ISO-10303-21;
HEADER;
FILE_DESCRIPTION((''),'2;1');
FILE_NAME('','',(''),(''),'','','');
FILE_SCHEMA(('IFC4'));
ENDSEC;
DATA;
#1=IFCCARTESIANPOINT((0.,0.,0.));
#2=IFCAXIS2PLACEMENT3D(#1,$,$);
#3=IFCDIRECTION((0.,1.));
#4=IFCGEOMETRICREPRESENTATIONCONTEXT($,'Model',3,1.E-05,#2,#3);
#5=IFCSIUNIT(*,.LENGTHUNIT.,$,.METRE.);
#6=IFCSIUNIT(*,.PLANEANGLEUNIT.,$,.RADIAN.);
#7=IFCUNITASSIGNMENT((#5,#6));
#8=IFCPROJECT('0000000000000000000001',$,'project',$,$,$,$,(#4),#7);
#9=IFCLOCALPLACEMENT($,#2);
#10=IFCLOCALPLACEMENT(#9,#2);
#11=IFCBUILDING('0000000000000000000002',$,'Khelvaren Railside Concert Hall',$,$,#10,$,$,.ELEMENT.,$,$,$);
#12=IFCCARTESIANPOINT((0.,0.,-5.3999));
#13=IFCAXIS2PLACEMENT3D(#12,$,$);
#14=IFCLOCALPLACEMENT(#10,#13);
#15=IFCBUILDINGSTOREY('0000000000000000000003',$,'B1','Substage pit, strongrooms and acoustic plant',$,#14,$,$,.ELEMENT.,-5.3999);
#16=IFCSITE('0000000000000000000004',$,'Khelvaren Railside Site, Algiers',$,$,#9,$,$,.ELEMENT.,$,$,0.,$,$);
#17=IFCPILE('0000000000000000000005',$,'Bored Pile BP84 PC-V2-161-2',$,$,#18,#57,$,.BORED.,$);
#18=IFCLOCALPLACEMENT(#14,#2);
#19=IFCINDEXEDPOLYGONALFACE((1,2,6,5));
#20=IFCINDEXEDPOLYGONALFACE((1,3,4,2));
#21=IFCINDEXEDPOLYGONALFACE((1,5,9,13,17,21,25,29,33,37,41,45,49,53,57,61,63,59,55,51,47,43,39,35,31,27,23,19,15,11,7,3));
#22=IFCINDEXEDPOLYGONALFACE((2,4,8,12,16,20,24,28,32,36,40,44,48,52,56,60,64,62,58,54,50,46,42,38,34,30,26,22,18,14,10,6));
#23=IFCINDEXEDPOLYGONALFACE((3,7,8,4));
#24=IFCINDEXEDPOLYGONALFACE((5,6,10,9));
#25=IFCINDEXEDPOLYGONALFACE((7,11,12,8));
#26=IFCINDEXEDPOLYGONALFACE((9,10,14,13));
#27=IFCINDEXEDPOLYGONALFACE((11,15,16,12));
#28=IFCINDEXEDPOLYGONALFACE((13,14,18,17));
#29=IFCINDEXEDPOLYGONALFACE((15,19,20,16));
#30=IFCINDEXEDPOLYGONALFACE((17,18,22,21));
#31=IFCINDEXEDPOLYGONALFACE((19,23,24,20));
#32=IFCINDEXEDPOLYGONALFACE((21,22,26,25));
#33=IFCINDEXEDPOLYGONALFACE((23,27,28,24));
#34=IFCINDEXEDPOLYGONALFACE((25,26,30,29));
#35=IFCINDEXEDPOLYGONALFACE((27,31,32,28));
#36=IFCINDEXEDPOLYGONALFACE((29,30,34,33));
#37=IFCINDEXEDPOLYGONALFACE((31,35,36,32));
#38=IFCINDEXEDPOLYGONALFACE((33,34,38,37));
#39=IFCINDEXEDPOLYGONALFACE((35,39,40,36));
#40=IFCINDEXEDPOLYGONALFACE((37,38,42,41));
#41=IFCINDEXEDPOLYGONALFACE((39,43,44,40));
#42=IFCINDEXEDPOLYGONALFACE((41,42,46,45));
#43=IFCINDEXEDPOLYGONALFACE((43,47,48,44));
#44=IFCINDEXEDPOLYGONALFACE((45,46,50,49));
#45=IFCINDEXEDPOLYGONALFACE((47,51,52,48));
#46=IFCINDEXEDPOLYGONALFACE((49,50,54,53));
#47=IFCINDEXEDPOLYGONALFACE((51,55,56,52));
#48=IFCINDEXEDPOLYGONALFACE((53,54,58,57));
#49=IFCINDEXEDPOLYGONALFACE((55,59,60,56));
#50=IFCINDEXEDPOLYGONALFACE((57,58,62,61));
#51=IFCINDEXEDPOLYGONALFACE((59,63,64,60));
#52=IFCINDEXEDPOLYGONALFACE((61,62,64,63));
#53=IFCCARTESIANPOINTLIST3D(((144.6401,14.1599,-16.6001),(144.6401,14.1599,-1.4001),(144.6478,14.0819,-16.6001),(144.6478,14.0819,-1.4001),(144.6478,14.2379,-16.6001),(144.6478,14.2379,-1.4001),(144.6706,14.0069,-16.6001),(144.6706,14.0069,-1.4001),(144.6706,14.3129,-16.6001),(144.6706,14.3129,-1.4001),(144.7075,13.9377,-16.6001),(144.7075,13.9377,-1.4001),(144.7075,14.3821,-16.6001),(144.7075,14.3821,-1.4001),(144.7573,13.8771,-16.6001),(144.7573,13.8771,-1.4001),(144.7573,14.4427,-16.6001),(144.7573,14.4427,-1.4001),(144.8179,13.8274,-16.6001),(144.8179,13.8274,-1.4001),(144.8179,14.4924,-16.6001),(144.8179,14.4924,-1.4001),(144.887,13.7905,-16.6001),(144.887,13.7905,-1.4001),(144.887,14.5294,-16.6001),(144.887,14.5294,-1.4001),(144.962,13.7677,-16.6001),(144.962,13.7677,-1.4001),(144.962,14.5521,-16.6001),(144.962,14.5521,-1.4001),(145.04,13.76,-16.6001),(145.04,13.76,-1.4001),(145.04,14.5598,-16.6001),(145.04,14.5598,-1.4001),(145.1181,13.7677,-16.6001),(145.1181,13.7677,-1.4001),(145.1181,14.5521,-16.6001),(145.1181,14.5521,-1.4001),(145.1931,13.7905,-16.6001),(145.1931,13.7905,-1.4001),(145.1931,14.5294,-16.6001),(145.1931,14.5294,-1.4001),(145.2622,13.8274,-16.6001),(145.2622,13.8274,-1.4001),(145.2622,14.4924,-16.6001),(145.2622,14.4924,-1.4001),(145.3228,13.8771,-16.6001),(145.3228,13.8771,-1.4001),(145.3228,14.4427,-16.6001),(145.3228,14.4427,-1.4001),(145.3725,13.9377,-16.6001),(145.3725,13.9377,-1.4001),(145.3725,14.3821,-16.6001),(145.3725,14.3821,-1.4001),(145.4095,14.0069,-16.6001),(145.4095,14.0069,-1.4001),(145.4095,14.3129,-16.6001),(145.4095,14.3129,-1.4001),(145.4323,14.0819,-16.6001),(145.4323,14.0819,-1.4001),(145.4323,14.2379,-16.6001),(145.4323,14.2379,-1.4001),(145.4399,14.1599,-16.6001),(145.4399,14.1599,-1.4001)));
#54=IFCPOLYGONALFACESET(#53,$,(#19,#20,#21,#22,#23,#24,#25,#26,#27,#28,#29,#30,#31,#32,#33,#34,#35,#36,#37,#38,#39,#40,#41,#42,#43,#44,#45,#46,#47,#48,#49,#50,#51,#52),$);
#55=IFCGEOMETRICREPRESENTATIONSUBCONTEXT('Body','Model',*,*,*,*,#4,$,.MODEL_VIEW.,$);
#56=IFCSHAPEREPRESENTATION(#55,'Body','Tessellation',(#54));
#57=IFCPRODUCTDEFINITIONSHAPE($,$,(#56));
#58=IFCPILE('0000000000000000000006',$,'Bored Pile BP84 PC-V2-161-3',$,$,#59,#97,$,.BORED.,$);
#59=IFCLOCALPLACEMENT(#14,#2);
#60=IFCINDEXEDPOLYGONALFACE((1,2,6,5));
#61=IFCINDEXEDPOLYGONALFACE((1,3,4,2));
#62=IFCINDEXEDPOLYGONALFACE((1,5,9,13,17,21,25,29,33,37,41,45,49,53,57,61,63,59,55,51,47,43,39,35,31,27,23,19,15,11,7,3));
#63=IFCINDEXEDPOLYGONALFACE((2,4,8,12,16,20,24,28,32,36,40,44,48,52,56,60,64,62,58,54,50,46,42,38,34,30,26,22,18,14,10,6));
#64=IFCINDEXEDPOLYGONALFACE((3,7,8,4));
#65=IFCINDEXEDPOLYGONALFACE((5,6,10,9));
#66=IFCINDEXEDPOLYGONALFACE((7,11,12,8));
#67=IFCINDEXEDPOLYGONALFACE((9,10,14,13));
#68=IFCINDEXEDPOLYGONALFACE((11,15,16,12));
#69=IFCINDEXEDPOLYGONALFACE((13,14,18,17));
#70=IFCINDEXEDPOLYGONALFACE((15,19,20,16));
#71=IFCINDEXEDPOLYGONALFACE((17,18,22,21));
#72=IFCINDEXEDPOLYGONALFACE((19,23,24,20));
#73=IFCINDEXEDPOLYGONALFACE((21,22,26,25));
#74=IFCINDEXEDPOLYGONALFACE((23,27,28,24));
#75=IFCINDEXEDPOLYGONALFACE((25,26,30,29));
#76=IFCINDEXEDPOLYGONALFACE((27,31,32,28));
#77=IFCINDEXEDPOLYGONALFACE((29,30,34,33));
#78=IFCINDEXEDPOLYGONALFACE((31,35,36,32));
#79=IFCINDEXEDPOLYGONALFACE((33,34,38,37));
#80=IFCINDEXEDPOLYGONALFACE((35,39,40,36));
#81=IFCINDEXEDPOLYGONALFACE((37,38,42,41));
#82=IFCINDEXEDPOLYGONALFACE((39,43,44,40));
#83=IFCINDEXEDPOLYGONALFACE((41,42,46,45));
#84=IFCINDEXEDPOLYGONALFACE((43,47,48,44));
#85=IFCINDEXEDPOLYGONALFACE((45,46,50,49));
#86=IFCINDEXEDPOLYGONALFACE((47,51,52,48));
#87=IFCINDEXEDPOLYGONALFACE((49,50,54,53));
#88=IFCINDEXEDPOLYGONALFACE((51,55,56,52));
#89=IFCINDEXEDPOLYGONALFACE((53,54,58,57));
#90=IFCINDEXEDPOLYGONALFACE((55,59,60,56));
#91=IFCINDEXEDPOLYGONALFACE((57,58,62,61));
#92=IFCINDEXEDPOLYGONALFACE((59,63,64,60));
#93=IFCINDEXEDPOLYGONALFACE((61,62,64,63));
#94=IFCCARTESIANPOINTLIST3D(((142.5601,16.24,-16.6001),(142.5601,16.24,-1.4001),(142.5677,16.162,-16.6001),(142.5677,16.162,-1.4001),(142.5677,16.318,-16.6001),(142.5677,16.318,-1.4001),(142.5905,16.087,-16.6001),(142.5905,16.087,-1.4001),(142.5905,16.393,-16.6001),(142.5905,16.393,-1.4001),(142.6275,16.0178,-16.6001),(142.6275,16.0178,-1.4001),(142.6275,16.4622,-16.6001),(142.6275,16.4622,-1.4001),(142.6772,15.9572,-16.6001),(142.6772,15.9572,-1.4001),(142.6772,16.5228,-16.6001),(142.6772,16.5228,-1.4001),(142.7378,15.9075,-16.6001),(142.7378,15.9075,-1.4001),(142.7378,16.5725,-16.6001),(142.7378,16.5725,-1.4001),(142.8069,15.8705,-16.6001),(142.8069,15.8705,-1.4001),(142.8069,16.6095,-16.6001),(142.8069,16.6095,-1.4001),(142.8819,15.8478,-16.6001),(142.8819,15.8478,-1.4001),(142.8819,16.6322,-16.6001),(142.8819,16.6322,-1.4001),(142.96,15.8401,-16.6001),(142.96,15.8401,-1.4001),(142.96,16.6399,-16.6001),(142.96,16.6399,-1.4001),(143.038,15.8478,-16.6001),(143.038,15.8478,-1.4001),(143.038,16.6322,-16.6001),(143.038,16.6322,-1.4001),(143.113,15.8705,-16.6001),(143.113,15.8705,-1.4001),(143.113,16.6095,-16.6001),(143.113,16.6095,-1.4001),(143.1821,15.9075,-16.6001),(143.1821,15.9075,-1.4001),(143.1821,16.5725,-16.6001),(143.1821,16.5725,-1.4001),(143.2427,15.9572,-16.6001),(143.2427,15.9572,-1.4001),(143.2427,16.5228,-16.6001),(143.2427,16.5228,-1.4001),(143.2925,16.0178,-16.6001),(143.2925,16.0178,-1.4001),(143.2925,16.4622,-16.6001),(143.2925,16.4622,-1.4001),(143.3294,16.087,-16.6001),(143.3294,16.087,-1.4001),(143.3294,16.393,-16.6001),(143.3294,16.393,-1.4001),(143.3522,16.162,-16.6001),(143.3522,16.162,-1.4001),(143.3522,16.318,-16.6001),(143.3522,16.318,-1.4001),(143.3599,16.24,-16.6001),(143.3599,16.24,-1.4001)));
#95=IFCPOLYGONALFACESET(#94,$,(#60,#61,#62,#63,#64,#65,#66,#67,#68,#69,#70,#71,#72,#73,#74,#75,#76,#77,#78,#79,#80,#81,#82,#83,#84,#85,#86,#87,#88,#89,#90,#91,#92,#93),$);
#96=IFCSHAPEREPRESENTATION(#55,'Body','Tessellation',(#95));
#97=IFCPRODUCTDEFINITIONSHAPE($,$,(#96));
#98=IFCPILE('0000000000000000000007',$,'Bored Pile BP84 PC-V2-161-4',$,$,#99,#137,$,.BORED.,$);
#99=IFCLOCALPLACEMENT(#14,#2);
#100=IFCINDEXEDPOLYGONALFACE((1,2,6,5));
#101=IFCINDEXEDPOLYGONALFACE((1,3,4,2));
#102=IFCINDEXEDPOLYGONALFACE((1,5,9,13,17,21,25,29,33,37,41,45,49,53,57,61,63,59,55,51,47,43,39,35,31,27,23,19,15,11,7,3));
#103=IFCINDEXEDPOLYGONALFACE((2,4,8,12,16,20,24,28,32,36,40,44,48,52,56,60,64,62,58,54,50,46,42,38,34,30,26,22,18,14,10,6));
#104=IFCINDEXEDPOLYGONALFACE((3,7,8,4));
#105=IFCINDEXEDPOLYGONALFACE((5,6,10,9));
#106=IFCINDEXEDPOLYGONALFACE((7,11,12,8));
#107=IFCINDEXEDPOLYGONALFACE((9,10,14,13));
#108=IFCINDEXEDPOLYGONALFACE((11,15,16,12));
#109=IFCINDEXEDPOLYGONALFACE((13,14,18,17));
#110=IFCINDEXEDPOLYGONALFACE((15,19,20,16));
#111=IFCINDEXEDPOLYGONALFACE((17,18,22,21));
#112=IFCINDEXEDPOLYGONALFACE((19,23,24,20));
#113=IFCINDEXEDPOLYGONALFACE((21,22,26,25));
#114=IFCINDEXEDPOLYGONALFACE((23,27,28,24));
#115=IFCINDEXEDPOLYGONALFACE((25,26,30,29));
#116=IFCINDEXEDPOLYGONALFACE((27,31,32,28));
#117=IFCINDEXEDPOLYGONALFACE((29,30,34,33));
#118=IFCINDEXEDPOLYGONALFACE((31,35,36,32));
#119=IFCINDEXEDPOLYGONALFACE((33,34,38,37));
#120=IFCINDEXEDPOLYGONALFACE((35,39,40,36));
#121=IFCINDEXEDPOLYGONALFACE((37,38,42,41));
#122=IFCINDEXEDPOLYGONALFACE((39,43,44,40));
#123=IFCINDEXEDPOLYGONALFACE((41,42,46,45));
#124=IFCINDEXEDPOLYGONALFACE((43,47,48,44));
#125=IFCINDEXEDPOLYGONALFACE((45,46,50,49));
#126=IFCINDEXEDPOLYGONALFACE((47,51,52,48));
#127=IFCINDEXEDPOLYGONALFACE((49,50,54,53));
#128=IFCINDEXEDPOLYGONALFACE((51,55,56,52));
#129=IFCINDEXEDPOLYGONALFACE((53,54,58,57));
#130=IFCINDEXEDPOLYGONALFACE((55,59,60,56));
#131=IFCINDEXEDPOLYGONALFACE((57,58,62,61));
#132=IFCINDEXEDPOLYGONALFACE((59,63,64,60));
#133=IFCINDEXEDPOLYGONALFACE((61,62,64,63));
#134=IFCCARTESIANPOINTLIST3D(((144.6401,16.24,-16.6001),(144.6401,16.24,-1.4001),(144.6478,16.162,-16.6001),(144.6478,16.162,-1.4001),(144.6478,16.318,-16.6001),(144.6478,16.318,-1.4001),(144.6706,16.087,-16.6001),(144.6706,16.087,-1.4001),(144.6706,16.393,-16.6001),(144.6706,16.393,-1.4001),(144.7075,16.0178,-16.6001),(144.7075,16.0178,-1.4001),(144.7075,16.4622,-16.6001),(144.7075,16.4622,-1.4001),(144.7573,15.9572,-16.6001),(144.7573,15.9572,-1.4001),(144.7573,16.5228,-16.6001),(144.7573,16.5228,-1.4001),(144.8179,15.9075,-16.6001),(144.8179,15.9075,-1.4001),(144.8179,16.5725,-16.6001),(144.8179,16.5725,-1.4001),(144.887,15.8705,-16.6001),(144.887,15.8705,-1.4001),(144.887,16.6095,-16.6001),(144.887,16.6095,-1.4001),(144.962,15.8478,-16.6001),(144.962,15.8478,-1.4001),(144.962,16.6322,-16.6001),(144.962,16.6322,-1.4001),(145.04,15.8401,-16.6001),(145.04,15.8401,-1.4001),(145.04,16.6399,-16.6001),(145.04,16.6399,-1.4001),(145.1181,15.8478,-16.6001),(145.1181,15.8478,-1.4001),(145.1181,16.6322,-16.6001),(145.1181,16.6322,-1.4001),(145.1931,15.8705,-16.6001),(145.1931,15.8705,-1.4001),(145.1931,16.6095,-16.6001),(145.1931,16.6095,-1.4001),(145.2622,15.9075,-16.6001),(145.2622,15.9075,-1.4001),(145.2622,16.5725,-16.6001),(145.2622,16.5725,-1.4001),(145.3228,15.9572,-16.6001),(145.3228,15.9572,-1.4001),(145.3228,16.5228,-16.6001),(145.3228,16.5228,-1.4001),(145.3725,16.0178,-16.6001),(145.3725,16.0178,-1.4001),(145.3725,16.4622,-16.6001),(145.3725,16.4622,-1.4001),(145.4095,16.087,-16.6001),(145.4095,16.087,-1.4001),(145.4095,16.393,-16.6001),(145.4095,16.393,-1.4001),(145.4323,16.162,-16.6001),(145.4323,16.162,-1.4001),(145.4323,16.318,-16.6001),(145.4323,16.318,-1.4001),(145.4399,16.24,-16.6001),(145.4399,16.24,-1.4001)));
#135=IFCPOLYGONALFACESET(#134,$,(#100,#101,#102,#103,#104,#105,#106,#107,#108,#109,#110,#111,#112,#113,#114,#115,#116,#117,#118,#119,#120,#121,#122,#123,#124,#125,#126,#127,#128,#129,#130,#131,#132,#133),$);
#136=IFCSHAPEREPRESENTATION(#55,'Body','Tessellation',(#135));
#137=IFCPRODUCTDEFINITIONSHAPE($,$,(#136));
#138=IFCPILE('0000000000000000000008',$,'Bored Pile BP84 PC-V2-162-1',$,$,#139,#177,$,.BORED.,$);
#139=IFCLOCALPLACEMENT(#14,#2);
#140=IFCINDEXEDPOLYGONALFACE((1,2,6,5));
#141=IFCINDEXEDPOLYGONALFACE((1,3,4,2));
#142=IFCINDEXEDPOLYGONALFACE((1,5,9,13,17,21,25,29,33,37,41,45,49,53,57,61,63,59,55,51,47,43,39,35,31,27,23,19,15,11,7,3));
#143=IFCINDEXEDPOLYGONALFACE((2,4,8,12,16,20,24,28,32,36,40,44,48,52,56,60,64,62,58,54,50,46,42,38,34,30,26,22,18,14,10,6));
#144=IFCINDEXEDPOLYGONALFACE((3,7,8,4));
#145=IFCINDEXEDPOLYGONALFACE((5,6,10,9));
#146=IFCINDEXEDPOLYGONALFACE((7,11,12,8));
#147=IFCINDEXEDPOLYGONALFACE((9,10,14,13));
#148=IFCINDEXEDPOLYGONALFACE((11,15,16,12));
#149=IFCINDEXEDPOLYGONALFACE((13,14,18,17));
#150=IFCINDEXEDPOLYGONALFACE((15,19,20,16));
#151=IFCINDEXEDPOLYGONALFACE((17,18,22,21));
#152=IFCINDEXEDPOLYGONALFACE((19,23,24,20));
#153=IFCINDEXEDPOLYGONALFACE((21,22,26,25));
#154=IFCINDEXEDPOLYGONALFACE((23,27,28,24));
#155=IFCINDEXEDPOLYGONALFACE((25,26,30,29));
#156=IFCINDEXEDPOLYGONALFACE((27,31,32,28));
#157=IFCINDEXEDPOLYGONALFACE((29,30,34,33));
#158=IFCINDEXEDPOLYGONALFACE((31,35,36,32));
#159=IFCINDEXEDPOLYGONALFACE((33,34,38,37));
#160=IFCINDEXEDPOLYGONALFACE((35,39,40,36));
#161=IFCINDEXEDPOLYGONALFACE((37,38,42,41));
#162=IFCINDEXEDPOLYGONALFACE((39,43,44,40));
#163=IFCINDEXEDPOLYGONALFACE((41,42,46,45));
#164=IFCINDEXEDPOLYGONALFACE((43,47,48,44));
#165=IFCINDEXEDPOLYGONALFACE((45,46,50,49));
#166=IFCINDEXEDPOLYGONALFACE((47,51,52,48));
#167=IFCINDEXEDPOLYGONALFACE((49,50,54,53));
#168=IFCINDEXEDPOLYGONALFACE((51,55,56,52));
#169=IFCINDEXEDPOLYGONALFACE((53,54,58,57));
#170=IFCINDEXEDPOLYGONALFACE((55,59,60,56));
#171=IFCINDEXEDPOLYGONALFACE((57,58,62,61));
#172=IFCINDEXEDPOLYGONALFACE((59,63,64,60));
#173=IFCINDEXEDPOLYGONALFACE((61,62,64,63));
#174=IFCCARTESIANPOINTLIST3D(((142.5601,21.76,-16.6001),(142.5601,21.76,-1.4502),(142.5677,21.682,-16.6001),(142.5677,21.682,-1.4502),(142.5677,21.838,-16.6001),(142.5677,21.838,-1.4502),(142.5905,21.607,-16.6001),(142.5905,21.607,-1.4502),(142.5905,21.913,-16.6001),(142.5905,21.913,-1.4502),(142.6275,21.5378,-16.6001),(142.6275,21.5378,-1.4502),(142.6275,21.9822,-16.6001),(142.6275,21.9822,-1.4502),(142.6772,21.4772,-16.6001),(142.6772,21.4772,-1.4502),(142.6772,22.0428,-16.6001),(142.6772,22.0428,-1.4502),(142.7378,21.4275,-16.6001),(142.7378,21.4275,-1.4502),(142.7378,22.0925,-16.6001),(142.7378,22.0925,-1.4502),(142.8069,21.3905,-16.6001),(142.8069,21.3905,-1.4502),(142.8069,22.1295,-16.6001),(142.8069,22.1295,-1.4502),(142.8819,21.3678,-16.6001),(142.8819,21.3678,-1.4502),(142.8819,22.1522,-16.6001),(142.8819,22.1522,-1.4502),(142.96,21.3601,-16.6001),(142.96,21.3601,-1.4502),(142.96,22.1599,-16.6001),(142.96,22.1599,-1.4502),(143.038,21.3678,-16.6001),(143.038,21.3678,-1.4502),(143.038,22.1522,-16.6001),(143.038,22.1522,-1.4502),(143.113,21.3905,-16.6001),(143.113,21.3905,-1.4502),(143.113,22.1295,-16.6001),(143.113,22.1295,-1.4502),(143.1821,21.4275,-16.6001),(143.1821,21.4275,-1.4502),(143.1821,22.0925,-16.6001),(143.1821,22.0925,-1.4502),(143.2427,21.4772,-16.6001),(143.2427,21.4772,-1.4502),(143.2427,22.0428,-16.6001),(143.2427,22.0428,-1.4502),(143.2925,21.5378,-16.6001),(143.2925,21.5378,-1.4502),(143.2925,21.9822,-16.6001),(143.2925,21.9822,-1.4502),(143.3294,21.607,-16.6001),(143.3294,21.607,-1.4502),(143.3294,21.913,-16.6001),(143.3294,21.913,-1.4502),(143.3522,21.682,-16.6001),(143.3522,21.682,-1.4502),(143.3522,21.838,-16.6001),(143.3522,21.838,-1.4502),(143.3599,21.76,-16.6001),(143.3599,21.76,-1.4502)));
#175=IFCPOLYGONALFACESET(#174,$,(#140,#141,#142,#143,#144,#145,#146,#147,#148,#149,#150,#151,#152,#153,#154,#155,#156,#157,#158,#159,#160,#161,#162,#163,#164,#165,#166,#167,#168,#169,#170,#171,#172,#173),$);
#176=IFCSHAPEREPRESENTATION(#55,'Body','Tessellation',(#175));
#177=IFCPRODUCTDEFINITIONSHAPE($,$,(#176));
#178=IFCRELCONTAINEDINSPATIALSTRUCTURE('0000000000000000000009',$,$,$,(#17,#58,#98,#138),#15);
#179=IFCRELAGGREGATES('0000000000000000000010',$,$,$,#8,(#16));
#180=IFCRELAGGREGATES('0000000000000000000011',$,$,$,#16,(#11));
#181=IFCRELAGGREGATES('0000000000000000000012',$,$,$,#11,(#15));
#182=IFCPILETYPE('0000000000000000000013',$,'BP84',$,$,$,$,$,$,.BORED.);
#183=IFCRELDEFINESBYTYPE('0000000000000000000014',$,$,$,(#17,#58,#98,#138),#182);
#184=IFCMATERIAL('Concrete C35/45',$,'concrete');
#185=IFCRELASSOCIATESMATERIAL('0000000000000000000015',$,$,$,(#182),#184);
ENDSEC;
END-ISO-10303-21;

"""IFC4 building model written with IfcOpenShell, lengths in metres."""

from ifc_helpers import new_model, si_unit, direction, frame, origin, origin_2d, place, context, subcontext, project, spatial, circle, extrude, material, material_profile, profile_set, type_object, element, save


model = new_model("IFC4")

# Units and contexts
model_context = context("Model", 3, precision=1e-05, world=origin(), true_north=direction((0.0, 1.0)))
body_context = subcontext(model_context, "Body", "Model", "MODEL_VIEW")
ifc_project = project(units=[si_unit("LENGTHUNIT", "METRE"), si_unit("PLANEANGLEUNIT", "RADIAN")], contexts=[model_context])

# Site, building, storey
site_placement = place(None, origin())
site = spatial("IfcSite", under=ifc_project, at=site_placement, Name="Khelvaren Railside Site, Algiers", CompositionType="ELEMENT", RefElevation=0.0)
building_placement = place(site_placement, origin())
building = spatial("IfcBuilding", under=site, at=building_placement, Name="Khelvaren Railside Concert Hall", CompositionType="ELEMENT")
storey_placement = place(building_placement, frame((0.0, 0.0, -5.3999)))
storey = spatial("IfcBuildingStorey", under=building, at=storey_placement, Name="B1", Description="Substage pit, strongrooms and acoustic plant", CompositionType="ELEMENT", Elevation=-5.3999)

# Piles
ifc_material_1 = material(Name="Concrete C35/45", Category="concrete")
ifc_material_profile_1 = material_profile(ifc_material_1, circle(Radius=0.3999, at=origin_2d()), Name="BP D800")
ifc_profile_set_1 = profile_set([ifc_material_profile_1], Name="Concrete C35/45")
pile_type_1 = type_object("IfcPileType", Name="BP84", PredefinedType="BORED", material=ifc_profile_set_1)
for number, where, z_axis, x_axis, name in (
    (1, (145.04, 14.1599, -1.4001), (0.0, 0.0, -1.0), (1.0, 0.0, 0.0), "Bored Pile BP84 PC-V2-161-2"),
    (2, (142.96, 16.24, -1.4001), (0.0, 0.0, -1.0), (1.0, 0.0, 0.0), "Bored Pile BP84 PC-V2-161-3"),
    (3, (145.04, 16.24, -1.4001), (0.0, 0.0, -1.0), (1.0, 0.0, 0.0), "Bored Pile BP84 PC-V2-161-4"),
):
    element("IfcPile", number, at=place(storey_placement, frame(where, z_axis=z_axis, x_axis=x_axis)), inside=storey, type_object=pile_type_1, Name=name, PredefinedType="BORED", context=body_context, shape_type="SweptSolid", body=[
        extrude(circle(Radius=0.3999, at=origin_2d()), origin(), (0.0, 0.0, 1.0), 15.2),
    ])
for number, where, z_axis, x_axis, name in (
    (4, (142.96, 21.76, -1.4502), (0.0, 0.0, -1.0), (1.0, 0.0, 0.0), "Bored Pile BP84 PC-V2-162-1"),
):
    element("IfcPile", number, at=place(storey_placement, frame(where, z_axis=z_axis, x_axis=x_axis)), inside=storey, type_object=pile_type_1, Name=name, PredefinedType="BORED", context=body_context, shape_type="SweptSolid", body=[
        extrude(circle(Radius=0.3999, at=origin_2d()), origin(), (0.0, 0.0, 1.0), 15.1499),
    ])

save(model, "model.ifc")
